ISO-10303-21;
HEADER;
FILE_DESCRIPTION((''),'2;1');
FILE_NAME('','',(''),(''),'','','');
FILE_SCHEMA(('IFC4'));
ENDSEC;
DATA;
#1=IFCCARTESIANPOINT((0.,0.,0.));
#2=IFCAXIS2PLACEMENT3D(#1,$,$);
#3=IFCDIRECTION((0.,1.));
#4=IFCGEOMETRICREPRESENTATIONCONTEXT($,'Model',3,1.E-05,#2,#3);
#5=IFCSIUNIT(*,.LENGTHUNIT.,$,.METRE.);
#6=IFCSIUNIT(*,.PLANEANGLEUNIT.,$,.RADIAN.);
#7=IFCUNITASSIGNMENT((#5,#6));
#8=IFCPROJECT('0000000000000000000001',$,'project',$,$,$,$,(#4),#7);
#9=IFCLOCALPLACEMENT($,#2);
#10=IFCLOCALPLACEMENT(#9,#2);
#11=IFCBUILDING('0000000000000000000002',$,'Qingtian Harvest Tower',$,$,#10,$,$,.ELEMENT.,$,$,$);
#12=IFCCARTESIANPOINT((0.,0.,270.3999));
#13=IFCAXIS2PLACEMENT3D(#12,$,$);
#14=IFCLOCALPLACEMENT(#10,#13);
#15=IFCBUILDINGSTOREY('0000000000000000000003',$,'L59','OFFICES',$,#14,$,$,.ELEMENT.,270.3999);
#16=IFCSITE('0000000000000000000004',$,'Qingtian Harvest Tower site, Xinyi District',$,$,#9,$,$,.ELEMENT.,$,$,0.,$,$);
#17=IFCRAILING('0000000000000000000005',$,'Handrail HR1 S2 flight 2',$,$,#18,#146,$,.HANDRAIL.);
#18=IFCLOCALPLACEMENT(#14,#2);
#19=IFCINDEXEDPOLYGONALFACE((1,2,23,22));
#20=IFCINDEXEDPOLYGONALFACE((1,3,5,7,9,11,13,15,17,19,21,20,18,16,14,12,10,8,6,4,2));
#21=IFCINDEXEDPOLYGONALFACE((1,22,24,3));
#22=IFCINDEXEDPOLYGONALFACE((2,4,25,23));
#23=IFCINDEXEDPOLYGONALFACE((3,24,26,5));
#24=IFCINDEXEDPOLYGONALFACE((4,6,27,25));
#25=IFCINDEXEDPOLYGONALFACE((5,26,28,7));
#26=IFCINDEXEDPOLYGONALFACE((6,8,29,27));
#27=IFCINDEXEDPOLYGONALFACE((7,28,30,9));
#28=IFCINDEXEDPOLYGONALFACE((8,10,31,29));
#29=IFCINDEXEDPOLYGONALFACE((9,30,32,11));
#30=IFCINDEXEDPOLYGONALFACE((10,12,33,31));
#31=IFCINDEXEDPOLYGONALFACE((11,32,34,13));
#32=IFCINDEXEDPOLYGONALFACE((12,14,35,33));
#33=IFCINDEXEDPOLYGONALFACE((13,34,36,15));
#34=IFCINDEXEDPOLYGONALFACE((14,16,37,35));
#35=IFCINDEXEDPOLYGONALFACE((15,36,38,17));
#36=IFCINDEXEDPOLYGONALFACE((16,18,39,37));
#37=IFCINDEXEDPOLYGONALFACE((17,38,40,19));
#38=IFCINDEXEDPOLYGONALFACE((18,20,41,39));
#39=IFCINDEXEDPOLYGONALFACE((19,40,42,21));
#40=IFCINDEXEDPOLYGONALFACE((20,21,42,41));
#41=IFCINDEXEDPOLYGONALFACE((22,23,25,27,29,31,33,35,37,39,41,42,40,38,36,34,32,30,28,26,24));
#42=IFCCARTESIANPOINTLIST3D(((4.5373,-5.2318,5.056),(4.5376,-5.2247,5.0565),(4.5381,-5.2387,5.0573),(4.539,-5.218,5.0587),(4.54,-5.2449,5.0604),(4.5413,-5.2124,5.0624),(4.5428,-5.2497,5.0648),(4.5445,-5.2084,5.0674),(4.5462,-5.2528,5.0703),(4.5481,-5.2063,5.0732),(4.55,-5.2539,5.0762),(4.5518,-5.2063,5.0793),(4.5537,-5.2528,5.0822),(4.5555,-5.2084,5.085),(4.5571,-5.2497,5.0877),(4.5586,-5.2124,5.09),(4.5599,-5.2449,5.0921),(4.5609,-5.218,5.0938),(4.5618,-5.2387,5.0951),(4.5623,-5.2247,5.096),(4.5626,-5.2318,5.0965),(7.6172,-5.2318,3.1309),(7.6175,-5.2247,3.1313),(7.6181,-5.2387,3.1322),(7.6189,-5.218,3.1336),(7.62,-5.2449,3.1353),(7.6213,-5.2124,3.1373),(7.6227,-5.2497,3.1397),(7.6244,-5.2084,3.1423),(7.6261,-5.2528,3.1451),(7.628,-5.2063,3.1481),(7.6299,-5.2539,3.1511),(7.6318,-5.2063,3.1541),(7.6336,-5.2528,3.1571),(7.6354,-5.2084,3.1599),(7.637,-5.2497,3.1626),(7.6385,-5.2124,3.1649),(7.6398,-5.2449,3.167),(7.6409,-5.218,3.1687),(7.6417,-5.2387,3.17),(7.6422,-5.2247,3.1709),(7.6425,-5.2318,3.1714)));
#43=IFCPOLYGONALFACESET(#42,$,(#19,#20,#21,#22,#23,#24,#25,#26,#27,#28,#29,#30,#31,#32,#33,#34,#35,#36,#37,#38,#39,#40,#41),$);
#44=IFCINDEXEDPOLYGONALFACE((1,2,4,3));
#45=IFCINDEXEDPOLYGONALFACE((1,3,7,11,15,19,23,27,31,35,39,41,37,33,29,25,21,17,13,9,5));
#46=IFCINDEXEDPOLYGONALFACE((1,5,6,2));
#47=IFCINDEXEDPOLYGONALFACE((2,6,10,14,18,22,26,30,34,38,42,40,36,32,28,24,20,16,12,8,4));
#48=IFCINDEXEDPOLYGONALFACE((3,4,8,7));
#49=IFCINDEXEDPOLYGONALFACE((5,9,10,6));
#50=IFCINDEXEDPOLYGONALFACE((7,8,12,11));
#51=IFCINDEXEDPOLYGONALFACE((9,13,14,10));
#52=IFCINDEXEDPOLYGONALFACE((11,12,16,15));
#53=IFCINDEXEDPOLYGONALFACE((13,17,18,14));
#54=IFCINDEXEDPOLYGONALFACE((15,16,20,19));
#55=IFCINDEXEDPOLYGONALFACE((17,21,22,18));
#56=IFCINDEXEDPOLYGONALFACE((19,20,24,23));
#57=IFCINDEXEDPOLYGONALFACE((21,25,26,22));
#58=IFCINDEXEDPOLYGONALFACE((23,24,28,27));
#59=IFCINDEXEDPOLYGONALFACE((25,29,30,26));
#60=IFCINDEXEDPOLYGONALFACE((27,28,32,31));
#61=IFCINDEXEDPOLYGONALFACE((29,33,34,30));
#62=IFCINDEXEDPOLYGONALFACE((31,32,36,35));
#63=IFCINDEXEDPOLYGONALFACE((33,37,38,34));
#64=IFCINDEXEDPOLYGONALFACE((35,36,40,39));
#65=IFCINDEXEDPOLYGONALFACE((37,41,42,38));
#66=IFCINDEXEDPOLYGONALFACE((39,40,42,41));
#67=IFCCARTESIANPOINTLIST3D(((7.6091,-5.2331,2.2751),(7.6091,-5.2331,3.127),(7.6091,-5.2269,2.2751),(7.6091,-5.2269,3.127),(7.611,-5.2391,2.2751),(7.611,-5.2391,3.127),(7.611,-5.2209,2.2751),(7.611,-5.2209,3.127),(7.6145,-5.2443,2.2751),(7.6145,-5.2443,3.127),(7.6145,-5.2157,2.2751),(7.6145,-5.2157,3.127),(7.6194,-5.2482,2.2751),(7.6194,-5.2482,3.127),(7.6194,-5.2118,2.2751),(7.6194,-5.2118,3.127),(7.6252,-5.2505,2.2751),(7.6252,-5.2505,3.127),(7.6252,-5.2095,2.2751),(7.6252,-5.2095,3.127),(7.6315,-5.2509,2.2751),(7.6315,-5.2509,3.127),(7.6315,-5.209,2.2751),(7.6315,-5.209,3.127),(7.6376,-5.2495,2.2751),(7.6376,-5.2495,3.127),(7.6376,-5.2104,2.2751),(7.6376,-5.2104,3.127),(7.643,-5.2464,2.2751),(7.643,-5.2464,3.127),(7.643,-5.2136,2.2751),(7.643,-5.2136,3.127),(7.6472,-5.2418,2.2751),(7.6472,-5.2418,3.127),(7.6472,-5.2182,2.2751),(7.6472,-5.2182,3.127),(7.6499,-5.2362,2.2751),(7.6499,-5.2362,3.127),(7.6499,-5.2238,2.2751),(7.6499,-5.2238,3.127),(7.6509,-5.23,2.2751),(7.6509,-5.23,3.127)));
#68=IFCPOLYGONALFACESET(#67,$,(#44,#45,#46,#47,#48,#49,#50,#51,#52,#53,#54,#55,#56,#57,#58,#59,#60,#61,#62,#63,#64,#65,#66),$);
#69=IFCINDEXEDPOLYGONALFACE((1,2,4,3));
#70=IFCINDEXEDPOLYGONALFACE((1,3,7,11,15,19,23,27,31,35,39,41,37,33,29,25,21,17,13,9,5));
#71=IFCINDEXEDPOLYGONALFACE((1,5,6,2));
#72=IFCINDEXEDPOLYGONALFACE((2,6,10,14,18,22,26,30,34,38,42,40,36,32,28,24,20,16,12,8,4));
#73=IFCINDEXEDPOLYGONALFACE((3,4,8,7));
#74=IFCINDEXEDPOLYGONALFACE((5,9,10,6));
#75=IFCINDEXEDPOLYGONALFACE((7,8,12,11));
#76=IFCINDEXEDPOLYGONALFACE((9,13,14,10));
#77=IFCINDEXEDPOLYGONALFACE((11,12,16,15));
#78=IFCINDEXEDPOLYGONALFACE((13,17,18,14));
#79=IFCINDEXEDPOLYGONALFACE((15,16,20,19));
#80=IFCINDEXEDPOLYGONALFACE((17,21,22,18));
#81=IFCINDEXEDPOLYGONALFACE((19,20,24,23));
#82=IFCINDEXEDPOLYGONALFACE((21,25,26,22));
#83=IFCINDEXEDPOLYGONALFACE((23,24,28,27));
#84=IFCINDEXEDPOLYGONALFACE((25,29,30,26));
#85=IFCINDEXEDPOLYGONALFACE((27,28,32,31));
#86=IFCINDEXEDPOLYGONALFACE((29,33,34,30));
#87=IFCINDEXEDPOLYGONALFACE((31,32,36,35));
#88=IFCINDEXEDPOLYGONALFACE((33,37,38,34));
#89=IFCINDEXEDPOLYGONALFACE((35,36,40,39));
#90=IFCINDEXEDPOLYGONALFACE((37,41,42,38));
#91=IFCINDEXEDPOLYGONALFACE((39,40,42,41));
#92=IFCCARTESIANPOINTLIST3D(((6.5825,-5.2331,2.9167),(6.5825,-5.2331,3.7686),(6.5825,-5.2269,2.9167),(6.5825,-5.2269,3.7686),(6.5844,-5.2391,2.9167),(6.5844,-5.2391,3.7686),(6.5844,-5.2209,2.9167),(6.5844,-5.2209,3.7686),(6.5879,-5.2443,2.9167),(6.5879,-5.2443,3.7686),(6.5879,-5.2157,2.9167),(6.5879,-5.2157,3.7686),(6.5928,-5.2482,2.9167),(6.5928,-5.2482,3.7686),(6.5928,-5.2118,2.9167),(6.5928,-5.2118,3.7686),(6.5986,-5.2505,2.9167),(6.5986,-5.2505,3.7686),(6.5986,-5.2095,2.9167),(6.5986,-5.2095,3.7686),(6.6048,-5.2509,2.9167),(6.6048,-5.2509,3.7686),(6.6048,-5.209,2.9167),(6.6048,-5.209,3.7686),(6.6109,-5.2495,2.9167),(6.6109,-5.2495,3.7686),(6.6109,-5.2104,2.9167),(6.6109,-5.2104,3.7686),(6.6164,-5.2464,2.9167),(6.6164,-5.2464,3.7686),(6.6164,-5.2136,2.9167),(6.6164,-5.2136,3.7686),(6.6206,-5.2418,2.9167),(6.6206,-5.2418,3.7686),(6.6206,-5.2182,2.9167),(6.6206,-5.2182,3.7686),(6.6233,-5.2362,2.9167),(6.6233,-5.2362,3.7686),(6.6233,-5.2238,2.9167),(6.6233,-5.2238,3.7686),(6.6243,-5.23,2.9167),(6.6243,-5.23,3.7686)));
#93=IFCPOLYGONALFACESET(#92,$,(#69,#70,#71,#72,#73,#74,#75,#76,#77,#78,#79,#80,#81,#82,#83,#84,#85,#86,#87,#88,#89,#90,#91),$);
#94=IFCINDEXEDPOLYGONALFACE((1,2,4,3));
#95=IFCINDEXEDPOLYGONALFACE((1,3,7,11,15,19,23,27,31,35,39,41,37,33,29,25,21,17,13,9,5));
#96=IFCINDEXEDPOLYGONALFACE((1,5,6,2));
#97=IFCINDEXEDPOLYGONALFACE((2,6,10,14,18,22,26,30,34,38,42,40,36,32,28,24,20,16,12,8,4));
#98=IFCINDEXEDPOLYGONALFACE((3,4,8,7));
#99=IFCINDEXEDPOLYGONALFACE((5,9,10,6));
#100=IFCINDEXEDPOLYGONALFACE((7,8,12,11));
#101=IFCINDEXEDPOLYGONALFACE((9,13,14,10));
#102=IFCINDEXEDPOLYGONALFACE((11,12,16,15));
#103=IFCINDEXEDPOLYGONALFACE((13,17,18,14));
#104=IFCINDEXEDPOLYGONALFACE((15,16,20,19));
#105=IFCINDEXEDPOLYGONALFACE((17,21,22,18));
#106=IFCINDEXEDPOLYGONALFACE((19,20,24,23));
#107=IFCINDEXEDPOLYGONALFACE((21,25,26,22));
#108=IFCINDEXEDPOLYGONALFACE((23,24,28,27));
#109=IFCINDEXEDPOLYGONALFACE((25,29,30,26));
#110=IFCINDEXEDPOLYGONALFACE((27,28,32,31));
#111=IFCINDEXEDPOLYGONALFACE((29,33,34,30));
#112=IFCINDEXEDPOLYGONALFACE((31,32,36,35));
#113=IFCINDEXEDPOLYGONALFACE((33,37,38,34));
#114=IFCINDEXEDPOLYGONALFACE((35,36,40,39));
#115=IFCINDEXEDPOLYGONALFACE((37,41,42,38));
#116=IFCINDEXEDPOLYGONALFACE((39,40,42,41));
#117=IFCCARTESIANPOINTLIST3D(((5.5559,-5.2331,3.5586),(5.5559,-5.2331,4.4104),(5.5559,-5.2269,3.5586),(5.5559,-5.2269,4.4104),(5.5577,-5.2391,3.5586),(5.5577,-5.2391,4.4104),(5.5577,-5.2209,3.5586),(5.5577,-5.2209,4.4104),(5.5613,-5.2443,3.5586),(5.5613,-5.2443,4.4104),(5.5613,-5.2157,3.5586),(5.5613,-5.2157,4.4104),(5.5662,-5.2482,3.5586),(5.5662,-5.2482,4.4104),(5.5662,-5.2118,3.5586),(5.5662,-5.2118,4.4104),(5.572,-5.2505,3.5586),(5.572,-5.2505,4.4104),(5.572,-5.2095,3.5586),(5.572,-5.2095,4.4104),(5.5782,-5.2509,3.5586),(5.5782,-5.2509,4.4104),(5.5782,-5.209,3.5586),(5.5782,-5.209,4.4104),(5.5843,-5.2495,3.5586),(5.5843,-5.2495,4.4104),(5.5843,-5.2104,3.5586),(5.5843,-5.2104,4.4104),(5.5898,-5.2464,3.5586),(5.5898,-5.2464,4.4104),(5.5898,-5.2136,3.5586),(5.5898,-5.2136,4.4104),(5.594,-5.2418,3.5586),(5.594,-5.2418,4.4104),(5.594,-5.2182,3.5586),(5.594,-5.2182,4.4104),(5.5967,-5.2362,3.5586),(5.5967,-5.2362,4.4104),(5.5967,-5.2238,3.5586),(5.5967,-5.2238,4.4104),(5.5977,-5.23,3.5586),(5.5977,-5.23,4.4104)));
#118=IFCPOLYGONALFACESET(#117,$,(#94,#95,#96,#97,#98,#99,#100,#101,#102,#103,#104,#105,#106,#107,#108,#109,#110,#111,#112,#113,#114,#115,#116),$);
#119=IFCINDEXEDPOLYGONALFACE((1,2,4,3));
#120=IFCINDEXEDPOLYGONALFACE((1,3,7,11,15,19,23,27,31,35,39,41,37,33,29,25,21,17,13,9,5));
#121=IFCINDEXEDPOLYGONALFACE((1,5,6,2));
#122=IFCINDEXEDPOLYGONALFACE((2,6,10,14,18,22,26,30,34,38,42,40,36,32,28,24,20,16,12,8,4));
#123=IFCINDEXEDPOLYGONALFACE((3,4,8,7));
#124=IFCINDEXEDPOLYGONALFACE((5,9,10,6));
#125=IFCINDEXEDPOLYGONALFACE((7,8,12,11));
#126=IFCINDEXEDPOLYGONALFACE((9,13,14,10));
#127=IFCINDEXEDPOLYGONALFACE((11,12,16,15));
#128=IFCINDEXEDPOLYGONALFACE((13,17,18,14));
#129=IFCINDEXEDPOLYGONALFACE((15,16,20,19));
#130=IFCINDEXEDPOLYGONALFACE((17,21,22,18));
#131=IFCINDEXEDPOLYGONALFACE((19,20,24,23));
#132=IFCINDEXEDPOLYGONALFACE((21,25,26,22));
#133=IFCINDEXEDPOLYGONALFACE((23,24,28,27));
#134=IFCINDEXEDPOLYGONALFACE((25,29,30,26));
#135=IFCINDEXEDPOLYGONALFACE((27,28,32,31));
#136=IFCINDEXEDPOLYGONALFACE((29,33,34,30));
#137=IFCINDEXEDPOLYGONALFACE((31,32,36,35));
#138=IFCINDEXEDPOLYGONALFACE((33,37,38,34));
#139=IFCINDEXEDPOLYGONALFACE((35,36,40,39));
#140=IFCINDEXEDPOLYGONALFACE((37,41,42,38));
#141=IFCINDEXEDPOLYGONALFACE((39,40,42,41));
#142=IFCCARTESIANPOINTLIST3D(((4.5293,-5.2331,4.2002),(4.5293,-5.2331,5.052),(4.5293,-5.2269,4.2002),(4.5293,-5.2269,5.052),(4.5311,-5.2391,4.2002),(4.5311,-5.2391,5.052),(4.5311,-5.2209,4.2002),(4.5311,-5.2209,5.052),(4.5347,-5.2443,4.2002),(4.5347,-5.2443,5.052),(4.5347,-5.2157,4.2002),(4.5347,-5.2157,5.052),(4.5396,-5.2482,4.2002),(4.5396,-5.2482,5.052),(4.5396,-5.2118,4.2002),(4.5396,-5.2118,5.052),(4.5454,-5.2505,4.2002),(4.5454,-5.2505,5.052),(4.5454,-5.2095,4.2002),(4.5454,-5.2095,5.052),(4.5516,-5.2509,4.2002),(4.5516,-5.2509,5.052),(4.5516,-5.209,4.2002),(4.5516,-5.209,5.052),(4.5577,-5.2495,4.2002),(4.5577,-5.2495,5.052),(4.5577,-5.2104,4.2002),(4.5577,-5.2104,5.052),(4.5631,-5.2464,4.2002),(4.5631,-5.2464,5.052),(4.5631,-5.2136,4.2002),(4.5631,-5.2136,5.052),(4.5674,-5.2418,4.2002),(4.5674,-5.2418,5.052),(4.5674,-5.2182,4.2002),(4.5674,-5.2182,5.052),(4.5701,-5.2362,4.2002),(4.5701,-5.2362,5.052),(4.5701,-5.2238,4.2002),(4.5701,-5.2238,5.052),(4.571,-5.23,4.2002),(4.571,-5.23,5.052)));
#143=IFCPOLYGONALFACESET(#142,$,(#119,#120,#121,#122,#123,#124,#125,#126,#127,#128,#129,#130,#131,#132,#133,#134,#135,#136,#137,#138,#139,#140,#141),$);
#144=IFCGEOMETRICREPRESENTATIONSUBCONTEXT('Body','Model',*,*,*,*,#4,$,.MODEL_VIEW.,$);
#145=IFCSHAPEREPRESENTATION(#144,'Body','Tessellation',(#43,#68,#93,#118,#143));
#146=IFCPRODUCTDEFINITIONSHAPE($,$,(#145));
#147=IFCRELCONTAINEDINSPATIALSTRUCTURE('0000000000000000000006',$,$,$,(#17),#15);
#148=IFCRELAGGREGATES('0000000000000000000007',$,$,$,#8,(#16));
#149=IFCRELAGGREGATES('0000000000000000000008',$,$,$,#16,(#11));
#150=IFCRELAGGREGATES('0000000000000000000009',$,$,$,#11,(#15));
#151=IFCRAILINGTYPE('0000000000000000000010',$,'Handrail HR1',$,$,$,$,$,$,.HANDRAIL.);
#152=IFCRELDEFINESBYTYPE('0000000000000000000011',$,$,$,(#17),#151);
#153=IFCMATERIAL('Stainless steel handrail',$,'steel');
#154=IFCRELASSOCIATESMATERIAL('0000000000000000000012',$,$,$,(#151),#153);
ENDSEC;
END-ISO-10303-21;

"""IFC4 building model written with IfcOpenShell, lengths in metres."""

from ifc_helpers import new_model, si_unit, direction, frame, origin, origin_2d, place, context, subcontext, project, spatial, circle, extrude, material, type_object, element, save


model = new_model("IFC4")

# Units and contexts
model_context = context("Model", 3, precision=1e-05, world=origin(), true_north=direction((0.0, 1.0)))
body_context = subcontext(model_context, "Body", "Model", "MODEL_VIEW")
ifc_project = project(units=[si_unit("LENGTHUNIT", "METRE"), si_unit("PLANEANGLEUNIT", "RADIAN")], contexts=[model_context])

# Site, building, storey
site_placement = place(None, origin())
site = spatial("IfcSite", under=ifc_project, at=site_placement, Name="Qingtian Harvest Tower site, Xinyi District", CompositionType="ELEMENT", RefElevation=0.0)
building_placement = place(site_placement, origin())
building = spatial("IfcBuilding", under=site, at=building_placement, Name="Qingtian Harvest Tower", CompositionType="ELEMENT")
storey_placement = place(building_placement, frame((0.0, 0.0, 270.3999)))
storey = spatial("IfcBuildingStorey", under=building, at=storey_placement, Name="L59", Description="OFFICES", CompositionType="ELEMENT", Elevation=270.3999)

# Railing
ifc_material_1 = material(Name="Stainless steel handrail", Category="steel")
railing_type = type_object("IfcRailingType", Name="Handrail HR1", PredefinedType="HANDRAIL", material=ifc_material_1)
railing_1_placement = place(storey_placement, frame((7.6299, -5.23, 2.2751)))
element("IfcRailing", 1, at=railing_1_placement, inside=storey, type_object=railing_type, Name="Handrail HR1 S2 flight 2", PredefinedType="HANDRAIL", context=body_context, shape_type="SweptSolid", body=[
    extrude(circle(Radius=0.0239, at=origin_2d()), frame((0.0, 0.0, 0.876), z_axis=(-0.847979, 0.0, 0.530029), x_axis=(0.0, -1.0, 0.0)), (0.0, 0.0, 1.0), 3.6321),
    extrude(circle(Radius=0.021, at=origin_2d()), origin(), (0.0, 0.0, 1.0), 0.8518),
    extrude(circle(Radius=0.021, at=origin_2d()), frame((-1.0266, 0.0, 0.6416)), (0.0, 0.0, 1.0), 0.8518),
    extrude(circle(Radius=0.021, at=origin_2d()), frame((-2.0532, 0.0, 1.2834)), (0.0, 0.0, 1.0), 0.8518),
    extrude(circle(Radius=0.021, at=origin_2d()), frame((-3.0798, 0.0, 1.925)), (0.0, 0.0, 1.0), 0.8518),
])

save(model, "model.ifc")
